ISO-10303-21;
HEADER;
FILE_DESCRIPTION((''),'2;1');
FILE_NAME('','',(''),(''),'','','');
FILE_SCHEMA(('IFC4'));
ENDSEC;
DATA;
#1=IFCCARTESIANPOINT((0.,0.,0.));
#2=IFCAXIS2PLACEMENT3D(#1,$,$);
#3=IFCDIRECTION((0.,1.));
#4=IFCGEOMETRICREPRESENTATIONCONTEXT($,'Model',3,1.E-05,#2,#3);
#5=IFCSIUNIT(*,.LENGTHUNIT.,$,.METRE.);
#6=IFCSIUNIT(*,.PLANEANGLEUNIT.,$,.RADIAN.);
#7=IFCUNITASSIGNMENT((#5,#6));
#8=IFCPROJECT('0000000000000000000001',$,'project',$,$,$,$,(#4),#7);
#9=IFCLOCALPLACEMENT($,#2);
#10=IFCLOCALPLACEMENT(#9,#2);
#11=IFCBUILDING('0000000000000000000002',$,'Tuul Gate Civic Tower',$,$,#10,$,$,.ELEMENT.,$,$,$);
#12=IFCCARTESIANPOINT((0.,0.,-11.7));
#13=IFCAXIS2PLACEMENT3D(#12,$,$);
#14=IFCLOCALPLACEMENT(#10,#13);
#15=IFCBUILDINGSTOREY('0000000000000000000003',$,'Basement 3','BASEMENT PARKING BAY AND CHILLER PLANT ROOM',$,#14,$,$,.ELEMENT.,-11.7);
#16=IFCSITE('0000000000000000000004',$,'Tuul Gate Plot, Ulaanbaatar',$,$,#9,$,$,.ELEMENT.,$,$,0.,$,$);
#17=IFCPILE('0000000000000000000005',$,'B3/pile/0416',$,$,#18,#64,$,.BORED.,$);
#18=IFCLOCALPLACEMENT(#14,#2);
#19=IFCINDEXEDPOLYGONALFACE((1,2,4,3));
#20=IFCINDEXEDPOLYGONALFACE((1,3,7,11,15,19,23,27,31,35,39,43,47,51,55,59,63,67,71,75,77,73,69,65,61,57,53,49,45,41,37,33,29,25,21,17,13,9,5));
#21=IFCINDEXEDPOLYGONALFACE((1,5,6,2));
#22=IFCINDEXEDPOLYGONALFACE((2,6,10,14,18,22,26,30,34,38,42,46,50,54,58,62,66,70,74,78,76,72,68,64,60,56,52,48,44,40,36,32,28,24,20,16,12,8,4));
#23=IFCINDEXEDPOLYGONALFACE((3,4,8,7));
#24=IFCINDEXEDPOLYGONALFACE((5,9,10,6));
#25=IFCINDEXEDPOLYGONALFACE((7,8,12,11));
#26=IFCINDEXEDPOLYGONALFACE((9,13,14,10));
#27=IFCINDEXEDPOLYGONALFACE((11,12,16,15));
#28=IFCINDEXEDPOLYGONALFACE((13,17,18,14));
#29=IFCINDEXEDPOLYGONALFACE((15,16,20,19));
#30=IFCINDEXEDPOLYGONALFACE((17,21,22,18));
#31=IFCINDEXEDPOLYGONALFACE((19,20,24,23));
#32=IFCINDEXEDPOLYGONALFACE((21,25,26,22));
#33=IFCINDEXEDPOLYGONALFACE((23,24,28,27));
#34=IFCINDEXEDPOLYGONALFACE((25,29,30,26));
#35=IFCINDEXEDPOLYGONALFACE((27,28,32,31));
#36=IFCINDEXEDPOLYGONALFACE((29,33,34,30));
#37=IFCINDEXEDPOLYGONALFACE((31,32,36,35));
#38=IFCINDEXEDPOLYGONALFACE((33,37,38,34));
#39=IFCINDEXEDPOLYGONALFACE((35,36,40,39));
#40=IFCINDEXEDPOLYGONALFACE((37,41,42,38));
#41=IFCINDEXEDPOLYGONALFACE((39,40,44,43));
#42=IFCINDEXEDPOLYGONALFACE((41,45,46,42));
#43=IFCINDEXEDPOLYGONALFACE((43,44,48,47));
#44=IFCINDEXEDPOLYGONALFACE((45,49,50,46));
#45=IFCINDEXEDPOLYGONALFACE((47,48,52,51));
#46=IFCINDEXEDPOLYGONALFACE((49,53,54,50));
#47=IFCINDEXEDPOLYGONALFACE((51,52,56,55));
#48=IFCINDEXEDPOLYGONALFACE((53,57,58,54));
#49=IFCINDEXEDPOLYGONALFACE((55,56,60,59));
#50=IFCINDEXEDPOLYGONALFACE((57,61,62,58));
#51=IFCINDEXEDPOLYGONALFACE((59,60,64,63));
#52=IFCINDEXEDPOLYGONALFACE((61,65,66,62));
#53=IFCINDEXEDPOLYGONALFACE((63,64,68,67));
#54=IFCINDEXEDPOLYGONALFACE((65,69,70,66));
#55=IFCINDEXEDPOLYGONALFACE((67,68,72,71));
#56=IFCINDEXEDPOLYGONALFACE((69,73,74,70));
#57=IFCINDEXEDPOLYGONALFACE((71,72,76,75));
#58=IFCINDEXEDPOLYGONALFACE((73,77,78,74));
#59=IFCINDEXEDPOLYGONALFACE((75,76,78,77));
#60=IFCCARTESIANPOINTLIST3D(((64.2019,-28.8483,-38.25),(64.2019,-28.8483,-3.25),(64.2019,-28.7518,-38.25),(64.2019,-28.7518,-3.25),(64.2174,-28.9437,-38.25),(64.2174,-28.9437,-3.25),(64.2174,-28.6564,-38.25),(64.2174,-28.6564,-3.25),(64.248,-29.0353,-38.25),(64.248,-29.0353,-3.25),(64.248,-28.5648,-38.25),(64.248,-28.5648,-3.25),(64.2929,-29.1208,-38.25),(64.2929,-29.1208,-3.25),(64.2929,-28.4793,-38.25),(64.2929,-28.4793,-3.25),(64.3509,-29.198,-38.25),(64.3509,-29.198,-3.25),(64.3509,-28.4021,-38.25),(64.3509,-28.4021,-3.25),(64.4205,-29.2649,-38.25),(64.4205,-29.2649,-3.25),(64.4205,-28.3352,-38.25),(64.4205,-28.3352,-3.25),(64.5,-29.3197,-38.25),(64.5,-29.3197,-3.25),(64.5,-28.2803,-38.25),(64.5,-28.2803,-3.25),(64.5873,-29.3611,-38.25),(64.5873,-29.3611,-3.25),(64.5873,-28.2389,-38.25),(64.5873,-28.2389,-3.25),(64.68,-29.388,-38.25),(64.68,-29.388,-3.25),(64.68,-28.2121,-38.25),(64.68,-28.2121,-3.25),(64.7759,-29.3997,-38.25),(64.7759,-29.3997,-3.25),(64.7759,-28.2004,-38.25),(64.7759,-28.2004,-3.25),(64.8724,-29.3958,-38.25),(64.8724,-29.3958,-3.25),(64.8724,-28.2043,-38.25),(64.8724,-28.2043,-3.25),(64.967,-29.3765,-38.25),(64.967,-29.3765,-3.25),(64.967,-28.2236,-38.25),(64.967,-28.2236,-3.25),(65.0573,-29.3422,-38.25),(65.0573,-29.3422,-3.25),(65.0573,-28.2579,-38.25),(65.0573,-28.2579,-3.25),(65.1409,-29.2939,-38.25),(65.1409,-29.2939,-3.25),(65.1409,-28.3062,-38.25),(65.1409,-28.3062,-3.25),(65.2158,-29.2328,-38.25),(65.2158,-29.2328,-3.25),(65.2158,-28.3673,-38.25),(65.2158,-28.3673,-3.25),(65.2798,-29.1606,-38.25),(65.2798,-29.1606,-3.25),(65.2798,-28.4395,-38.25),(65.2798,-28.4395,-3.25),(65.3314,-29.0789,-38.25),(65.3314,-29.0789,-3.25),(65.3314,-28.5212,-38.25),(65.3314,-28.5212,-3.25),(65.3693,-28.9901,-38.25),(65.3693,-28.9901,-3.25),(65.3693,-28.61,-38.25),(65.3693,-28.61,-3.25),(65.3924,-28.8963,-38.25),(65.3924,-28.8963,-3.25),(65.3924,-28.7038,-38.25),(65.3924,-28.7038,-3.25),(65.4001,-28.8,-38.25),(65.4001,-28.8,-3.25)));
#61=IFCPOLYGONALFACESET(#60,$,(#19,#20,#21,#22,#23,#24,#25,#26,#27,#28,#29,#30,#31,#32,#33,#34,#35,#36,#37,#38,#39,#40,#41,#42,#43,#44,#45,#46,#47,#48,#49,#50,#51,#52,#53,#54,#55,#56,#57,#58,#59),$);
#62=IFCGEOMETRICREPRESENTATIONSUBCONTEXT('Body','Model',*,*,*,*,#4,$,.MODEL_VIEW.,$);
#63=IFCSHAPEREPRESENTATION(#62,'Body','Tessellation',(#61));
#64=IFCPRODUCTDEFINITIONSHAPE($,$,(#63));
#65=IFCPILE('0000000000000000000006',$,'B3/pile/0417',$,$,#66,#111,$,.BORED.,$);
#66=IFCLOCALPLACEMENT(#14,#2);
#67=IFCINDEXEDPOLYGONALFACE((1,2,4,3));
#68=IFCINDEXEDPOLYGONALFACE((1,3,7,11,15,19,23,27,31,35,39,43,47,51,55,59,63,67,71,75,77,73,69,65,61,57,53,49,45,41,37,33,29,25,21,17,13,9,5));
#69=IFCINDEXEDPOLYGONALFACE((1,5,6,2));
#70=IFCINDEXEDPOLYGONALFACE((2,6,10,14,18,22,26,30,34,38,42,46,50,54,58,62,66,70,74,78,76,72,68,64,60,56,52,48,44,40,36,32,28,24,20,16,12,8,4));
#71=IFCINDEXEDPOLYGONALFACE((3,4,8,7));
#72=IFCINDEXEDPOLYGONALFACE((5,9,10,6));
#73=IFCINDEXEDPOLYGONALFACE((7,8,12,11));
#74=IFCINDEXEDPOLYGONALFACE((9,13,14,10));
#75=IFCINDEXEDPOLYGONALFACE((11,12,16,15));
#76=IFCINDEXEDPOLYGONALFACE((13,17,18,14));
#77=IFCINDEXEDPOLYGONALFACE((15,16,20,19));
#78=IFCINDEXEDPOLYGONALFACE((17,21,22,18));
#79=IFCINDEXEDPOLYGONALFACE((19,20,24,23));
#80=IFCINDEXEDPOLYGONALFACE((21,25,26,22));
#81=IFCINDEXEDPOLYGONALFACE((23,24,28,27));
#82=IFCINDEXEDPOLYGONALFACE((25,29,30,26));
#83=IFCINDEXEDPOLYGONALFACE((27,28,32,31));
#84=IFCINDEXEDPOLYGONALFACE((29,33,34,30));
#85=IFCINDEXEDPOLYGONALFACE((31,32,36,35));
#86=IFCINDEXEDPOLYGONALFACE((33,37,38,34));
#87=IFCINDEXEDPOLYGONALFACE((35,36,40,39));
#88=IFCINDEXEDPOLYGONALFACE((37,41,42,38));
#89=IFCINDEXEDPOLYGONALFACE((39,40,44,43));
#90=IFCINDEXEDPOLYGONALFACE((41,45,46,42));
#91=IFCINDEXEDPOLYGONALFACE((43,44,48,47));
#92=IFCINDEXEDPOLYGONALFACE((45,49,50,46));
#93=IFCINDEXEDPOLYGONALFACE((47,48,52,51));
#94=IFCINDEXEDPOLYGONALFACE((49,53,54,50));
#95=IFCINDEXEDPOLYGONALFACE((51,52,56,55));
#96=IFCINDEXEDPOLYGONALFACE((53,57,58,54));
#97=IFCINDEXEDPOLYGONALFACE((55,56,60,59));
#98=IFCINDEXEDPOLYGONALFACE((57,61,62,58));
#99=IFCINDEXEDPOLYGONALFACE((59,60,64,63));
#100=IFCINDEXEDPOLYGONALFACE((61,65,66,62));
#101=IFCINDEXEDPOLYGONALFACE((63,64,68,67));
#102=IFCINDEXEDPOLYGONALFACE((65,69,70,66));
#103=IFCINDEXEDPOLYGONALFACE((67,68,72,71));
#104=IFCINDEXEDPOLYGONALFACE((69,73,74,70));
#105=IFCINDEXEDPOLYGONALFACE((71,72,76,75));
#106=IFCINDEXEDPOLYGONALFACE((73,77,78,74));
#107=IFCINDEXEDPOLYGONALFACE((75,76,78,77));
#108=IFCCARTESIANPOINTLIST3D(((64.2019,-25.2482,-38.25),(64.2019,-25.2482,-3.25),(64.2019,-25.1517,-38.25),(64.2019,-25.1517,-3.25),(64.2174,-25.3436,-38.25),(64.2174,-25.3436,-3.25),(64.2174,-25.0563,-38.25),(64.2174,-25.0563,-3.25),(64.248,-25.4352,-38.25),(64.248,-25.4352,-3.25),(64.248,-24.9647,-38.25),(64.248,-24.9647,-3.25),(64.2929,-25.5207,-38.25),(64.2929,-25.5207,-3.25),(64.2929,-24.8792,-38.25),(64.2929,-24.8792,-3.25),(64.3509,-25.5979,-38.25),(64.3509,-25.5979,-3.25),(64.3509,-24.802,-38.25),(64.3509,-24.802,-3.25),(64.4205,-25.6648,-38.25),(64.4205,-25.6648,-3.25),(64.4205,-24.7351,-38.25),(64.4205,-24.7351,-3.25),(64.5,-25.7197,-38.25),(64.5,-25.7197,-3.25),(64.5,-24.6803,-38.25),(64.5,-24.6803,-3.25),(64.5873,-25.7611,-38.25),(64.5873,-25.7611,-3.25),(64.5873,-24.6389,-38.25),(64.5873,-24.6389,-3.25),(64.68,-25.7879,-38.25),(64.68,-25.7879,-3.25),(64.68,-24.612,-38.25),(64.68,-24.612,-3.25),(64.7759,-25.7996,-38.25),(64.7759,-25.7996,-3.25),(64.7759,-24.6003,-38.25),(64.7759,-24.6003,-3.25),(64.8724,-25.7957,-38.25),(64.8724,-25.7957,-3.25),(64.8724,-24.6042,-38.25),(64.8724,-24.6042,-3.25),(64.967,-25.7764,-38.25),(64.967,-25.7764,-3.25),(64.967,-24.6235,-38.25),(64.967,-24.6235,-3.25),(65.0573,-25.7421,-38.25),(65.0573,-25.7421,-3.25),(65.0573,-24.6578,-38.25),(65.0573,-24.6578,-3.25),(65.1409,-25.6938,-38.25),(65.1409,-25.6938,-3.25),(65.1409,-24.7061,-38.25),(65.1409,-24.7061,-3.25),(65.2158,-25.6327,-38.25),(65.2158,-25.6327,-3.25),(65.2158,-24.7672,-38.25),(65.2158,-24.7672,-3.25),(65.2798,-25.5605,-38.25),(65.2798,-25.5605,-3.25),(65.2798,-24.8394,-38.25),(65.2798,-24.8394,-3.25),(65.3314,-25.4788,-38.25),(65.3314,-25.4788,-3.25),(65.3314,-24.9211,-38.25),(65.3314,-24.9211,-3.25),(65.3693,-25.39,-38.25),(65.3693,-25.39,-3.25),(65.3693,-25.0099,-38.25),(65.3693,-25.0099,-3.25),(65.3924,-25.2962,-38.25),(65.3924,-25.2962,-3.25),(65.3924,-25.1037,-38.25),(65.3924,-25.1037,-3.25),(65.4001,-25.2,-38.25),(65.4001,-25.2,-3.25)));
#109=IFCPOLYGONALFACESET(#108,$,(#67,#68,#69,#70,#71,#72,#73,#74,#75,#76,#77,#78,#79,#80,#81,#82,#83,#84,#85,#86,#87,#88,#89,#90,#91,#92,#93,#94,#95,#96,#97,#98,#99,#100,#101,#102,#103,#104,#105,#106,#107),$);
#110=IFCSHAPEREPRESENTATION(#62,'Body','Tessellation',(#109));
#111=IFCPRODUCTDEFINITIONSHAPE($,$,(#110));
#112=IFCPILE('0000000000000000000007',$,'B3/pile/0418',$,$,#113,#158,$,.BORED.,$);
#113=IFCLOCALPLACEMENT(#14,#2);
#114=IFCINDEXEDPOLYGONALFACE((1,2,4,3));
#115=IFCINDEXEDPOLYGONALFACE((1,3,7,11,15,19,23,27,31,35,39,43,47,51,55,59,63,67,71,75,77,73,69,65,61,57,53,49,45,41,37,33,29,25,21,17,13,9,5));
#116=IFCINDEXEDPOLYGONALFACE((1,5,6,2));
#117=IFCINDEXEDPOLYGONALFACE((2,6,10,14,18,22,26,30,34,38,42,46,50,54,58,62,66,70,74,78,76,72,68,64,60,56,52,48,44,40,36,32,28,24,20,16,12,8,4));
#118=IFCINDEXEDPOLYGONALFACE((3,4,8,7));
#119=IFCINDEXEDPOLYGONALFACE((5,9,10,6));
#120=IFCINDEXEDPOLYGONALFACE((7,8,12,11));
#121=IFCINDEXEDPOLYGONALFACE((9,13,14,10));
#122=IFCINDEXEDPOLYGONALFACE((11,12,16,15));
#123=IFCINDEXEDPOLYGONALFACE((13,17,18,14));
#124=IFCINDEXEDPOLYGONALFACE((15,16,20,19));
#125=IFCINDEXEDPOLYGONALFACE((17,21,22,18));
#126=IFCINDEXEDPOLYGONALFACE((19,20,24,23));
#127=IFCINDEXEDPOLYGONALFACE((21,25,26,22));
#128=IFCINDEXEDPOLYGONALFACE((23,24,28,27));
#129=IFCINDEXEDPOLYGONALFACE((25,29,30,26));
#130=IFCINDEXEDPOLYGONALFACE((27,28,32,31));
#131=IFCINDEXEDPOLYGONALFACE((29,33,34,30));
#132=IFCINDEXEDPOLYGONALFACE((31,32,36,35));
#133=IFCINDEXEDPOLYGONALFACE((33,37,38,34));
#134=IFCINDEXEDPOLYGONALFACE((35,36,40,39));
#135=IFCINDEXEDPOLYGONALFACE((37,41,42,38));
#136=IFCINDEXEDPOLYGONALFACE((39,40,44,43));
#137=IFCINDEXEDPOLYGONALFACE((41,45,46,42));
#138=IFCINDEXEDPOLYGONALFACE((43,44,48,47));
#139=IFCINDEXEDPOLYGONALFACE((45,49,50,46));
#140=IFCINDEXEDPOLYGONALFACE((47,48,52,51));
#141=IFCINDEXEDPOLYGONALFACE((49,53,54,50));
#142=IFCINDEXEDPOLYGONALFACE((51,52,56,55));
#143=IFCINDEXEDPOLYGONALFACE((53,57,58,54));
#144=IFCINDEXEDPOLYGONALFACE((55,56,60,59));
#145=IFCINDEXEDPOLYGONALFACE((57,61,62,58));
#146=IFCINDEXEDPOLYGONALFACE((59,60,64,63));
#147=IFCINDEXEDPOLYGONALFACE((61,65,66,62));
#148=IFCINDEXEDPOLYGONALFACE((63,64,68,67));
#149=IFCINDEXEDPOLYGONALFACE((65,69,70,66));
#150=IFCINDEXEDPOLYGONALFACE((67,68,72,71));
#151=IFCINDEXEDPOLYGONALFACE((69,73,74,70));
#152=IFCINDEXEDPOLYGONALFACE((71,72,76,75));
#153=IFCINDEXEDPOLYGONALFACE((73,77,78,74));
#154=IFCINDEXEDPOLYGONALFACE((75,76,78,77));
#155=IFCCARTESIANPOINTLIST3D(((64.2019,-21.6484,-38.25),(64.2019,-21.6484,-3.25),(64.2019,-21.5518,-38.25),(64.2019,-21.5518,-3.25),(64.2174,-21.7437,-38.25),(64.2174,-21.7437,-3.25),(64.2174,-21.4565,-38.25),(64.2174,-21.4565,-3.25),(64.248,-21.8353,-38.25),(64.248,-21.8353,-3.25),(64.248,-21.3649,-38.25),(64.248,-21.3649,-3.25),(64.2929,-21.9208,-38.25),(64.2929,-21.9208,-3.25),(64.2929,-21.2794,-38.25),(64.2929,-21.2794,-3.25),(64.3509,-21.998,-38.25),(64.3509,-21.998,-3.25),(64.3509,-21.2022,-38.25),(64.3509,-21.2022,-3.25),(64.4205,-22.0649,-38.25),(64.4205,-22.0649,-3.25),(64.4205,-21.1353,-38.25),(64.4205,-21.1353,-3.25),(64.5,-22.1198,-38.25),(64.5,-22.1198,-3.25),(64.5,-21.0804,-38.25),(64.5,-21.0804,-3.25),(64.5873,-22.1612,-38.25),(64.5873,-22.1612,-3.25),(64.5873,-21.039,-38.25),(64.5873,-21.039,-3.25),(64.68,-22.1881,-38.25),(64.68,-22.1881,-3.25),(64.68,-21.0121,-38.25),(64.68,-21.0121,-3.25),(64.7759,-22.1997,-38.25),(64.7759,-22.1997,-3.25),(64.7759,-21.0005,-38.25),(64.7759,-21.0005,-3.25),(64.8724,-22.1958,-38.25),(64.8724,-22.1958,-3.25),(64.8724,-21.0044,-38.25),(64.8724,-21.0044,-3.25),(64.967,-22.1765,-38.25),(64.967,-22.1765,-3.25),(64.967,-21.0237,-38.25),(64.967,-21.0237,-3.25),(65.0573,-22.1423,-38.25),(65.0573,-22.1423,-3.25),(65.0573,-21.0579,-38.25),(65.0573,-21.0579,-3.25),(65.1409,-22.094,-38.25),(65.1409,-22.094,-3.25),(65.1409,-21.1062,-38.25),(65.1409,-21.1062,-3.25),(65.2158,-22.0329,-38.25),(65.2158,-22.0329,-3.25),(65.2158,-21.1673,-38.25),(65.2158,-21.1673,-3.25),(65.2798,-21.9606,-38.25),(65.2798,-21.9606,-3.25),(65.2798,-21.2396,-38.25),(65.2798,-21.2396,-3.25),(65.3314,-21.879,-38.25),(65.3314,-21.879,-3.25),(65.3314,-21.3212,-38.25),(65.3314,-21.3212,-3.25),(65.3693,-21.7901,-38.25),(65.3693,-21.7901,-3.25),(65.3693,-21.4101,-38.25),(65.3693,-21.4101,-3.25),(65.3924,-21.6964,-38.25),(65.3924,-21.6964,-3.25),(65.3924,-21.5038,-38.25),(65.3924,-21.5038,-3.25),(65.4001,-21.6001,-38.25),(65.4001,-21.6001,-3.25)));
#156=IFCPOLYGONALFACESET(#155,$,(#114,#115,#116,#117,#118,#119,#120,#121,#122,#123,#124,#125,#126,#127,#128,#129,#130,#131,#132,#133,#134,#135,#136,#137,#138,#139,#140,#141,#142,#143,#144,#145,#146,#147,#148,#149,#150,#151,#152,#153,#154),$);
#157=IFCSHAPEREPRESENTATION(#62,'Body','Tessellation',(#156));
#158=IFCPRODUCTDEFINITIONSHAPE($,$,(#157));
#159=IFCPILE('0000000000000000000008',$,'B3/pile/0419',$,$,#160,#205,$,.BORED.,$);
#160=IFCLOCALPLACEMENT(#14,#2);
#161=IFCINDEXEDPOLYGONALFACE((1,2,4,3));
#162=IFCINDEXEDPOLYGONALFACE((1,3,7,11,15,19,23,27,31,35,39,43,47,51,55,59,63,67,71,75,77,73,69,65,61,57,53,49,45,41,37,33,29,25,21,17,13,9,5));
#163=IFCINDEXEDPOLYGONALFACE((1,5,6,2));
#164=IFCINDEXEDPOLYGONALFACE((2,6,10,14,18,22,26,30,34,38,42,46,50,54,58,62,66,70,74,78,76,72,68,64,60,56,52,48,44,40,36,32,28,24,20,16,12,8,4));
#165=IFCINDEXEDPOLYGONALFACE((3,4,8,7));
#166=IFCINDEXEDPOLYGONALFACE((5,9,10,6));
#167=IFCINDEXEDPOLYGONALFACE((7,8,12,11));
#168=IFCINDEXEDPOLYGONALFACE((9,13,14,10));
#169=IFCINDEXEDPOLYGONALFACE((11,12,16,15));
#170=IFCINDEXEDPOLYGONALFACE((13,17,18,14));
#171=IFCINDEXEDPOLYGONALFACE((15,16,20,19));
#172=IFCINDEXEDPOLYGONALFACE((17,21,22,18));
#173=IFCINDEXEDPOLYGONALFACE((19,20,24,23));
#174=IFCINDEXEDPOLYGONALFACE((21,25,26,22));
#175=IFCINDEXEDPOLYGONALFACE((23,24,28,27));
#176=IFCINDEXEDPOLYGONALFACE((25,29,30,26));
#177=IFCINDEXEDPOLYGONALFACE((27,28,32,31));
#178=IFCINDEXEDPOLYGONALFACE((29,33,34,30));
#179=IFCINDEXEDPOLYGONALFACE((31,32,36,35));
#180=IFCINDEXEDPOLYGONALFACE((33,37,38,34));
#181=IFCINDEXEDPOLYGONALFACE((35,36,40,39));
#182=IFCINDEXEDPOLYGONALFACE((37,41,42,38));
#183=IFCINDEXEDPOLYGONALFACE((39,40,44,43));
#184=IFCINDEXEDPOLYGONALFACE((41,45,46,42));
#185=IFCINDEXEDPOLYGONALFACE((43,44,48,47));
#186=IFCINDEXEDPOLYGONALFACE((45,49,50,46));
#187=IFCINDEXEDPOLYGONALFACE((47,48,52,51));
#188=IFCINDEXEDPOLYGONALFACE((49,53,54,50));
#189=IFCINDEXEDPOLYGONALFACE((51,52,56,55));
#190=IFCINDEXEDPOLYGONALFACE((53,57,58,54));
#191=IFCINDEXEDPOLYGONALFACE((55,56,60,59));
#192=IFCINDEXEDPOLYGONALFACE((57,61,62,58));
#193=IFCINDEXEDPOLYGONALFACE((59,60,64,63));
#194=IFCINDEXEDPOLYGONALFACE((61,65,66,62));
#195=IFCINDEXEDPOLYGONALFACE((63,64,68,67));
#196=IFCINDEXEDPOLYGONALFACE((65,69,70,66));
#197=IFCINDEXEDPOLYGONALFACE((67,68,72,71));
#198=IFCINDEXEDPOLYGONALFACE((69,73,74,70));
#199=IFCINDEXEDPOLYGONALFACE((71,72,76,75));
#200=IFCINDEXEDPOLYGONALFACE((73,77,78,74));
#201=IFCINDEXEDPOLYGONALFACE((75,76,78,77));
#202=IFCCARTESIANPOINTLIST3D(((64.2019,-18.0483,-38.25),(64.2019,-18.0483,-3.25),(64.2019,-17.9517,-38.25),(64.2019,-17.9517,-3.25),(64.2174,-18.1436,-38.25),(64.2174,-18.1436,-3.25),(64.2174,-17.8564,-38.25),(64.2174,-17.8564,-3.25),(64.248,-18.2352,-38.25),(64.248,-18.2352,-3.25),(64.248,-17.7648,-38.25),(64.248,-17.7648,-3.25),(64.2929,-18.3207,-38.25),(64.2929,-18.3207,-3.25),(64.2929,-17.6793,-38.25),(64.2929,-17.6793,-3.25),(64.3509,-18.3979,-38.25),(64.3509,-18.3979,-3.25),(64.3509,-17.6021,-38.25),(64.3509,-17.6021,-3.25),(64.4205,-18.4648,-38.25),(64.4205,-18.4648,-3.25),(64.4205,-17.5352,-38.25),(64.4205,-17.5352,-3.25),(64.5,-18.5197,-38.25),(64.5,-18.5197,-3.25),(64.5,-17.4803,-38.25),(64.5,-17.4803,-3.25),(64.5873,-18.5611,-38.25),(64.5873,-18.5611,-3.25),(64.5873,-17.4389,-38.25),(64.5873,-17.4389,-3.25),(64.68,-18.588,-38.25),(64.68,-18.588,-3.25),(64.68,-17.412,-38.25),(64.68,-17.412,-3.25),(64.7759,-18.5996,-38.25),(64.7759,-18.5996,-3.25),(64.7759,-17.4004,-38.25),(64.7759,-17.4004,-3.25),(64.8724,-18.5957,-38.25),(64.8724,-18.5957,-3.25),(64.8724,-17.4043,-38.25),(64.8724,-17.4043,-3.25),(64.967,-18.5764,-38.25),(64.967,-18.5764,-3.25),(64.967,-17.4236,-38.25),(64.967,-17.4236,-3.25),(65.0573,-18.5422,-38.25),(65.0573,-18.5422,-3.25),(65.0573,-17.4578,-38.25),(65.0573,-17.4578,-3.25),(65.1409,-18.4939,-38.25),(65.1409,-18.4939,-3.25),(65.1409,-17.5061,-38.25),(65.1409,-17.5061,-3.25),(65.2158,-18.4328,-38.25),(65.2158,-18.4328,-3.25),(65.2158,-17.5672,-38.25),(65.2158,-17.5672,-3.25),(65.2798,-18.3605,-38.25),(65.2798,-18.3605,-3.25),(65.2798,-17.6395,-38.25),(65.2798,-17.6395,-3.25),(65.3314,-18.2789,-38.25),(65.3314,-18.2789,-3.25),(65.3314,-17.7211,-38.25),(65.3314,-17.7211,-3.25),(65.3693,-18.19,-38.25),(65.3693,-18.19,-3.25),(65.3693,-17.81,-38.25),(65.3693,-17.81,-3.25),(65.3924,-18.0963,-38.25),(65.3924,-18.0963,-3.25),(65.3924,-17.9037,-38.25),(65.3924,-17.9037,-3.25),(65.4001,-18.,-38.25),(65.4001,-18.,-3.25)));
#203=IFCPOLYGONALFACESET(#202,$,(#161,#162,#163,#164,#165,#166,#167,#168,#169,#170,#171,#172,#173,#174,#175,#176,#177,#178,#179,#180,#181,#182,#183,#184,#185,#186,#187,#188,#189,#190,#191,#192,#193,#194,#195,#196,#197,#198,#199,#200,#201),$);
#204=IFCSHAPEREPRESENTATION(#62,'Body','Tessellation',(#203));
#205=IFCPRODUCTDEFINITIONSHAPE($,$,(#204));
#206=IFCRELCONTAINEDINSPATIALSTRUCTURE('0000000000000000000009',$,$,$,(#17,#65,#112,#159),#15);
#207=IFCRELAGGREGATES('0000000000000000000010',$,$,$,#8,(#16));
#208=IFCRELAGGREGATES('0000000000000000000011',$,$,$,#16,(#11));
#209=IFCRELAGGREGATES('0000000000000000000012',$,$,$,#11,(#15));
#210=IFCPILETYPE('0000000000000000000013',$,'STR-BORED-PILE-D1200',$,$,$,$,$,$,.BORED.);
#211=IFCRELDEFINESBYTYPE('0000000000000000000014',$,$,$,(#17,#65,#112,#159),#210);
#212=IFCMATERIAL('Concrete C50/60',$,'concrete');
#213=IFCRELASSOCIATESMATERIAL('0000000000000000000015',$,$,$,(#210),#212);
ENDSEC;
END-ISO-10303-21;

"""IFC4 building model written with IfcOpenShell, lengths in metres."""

from ifc_helpers import new_model, si_unit, direction, frame, origin, origin_2d, place, context, subcontext, project, spatial, circle, extrude, material, material_profile, profile_set, type_object, element, save


model = new_model("IFC4")

# Units and contexts
model_context = context("Model", 3, precision=1e-05, world=origin(), true_north=direction((0.0, 1.0)))
body_context = subcontext(model_context, "Body", "Model", "MODEL_VIEW")
ifc_project = project(units=[si_unit("LENGTHUNIT", "METRE"), si_unit("PLANEANGLEUNIT", "RADIAN")], contexts=[model_context])

# Site, building, storey
site_placement = place(None, origin())
site = spatial("IfcSite", under=ifc_project, at=site_placement, Name="Tuul Gate Plot, Ulaanbaatar", CompositionType="ELEMENT", RefElevation=0.0)
building_placement = place(site_placement, origin())
building = spatial("IfcBuilding", under=site, at=building_placement, Name="Tuul Gate Civic Tower", CompositionType="ELEMENT")
storey_placement = place(building_placement, frame((0.0, 0.0, -11.7)))
storey = spatial("IfcBuildingStorey", under=building, at=storey_placement, Name="Basement 3", Description="BASEMENT PARKING BAY AND CHILLER PLANT ROOM", CompositionType="ELEMENT", Elevation=-11.7)

# Piles
ifc_material_1 = material(Name="Concrete C50/60", Category="concrete")
ifc_material_profile_1 = material_profile(ifc_material_1, circle(Radius=0.6001, at=origin_2d()), Name="PILE1200")
ifc_profile_set_1 = profile_set([ifc_material_profile_1], Name="Concrete C50/60")
pile_type = type_object("IfcPileType", Name="STR-BORED-PILE-D1200", PredefinedType="BORED", material=ifc_profile_set_1)
for number, where, z_axis, x_axis, name in (
    (1, (64.8, -28.8, -3.25), (0.0, 0.0, -1.0), (1.0, 0.0, 0.0), "B3/pile/0416"),
    (2, (64.8, -25.2, -3.25), (0.0, 0.0, -1.0), (1.0, 0.0, 0.0), "B3/pile/0417"),
    (3, (64.8, -21.6001, -3.25), (0.0, 0.0, -1.0), (1.0, 0.0, 0.0), "B3/pile/0418"),
    (4, (64.8, -18.0, -3.25), (0.0, 0.0, -1.0), (1.0, 0.0, 0.0), "B3/pile/0419"),
):
    element("IfcPile", number, at=place(storey_placement, frame(where, z_axis=z_axis, x_axis=x_axis)), inside=storey, type_object=pile_type, Name=name, PredefinedType="BORED", context=body_context, shape_type="SweptSolid", body=[
        extrude(circle(Radius=0.6001, at=origin_2d()), origin(), (0.0, 0.0, 1.0), 35.0),
    ])

save(model, "model.ifc")
